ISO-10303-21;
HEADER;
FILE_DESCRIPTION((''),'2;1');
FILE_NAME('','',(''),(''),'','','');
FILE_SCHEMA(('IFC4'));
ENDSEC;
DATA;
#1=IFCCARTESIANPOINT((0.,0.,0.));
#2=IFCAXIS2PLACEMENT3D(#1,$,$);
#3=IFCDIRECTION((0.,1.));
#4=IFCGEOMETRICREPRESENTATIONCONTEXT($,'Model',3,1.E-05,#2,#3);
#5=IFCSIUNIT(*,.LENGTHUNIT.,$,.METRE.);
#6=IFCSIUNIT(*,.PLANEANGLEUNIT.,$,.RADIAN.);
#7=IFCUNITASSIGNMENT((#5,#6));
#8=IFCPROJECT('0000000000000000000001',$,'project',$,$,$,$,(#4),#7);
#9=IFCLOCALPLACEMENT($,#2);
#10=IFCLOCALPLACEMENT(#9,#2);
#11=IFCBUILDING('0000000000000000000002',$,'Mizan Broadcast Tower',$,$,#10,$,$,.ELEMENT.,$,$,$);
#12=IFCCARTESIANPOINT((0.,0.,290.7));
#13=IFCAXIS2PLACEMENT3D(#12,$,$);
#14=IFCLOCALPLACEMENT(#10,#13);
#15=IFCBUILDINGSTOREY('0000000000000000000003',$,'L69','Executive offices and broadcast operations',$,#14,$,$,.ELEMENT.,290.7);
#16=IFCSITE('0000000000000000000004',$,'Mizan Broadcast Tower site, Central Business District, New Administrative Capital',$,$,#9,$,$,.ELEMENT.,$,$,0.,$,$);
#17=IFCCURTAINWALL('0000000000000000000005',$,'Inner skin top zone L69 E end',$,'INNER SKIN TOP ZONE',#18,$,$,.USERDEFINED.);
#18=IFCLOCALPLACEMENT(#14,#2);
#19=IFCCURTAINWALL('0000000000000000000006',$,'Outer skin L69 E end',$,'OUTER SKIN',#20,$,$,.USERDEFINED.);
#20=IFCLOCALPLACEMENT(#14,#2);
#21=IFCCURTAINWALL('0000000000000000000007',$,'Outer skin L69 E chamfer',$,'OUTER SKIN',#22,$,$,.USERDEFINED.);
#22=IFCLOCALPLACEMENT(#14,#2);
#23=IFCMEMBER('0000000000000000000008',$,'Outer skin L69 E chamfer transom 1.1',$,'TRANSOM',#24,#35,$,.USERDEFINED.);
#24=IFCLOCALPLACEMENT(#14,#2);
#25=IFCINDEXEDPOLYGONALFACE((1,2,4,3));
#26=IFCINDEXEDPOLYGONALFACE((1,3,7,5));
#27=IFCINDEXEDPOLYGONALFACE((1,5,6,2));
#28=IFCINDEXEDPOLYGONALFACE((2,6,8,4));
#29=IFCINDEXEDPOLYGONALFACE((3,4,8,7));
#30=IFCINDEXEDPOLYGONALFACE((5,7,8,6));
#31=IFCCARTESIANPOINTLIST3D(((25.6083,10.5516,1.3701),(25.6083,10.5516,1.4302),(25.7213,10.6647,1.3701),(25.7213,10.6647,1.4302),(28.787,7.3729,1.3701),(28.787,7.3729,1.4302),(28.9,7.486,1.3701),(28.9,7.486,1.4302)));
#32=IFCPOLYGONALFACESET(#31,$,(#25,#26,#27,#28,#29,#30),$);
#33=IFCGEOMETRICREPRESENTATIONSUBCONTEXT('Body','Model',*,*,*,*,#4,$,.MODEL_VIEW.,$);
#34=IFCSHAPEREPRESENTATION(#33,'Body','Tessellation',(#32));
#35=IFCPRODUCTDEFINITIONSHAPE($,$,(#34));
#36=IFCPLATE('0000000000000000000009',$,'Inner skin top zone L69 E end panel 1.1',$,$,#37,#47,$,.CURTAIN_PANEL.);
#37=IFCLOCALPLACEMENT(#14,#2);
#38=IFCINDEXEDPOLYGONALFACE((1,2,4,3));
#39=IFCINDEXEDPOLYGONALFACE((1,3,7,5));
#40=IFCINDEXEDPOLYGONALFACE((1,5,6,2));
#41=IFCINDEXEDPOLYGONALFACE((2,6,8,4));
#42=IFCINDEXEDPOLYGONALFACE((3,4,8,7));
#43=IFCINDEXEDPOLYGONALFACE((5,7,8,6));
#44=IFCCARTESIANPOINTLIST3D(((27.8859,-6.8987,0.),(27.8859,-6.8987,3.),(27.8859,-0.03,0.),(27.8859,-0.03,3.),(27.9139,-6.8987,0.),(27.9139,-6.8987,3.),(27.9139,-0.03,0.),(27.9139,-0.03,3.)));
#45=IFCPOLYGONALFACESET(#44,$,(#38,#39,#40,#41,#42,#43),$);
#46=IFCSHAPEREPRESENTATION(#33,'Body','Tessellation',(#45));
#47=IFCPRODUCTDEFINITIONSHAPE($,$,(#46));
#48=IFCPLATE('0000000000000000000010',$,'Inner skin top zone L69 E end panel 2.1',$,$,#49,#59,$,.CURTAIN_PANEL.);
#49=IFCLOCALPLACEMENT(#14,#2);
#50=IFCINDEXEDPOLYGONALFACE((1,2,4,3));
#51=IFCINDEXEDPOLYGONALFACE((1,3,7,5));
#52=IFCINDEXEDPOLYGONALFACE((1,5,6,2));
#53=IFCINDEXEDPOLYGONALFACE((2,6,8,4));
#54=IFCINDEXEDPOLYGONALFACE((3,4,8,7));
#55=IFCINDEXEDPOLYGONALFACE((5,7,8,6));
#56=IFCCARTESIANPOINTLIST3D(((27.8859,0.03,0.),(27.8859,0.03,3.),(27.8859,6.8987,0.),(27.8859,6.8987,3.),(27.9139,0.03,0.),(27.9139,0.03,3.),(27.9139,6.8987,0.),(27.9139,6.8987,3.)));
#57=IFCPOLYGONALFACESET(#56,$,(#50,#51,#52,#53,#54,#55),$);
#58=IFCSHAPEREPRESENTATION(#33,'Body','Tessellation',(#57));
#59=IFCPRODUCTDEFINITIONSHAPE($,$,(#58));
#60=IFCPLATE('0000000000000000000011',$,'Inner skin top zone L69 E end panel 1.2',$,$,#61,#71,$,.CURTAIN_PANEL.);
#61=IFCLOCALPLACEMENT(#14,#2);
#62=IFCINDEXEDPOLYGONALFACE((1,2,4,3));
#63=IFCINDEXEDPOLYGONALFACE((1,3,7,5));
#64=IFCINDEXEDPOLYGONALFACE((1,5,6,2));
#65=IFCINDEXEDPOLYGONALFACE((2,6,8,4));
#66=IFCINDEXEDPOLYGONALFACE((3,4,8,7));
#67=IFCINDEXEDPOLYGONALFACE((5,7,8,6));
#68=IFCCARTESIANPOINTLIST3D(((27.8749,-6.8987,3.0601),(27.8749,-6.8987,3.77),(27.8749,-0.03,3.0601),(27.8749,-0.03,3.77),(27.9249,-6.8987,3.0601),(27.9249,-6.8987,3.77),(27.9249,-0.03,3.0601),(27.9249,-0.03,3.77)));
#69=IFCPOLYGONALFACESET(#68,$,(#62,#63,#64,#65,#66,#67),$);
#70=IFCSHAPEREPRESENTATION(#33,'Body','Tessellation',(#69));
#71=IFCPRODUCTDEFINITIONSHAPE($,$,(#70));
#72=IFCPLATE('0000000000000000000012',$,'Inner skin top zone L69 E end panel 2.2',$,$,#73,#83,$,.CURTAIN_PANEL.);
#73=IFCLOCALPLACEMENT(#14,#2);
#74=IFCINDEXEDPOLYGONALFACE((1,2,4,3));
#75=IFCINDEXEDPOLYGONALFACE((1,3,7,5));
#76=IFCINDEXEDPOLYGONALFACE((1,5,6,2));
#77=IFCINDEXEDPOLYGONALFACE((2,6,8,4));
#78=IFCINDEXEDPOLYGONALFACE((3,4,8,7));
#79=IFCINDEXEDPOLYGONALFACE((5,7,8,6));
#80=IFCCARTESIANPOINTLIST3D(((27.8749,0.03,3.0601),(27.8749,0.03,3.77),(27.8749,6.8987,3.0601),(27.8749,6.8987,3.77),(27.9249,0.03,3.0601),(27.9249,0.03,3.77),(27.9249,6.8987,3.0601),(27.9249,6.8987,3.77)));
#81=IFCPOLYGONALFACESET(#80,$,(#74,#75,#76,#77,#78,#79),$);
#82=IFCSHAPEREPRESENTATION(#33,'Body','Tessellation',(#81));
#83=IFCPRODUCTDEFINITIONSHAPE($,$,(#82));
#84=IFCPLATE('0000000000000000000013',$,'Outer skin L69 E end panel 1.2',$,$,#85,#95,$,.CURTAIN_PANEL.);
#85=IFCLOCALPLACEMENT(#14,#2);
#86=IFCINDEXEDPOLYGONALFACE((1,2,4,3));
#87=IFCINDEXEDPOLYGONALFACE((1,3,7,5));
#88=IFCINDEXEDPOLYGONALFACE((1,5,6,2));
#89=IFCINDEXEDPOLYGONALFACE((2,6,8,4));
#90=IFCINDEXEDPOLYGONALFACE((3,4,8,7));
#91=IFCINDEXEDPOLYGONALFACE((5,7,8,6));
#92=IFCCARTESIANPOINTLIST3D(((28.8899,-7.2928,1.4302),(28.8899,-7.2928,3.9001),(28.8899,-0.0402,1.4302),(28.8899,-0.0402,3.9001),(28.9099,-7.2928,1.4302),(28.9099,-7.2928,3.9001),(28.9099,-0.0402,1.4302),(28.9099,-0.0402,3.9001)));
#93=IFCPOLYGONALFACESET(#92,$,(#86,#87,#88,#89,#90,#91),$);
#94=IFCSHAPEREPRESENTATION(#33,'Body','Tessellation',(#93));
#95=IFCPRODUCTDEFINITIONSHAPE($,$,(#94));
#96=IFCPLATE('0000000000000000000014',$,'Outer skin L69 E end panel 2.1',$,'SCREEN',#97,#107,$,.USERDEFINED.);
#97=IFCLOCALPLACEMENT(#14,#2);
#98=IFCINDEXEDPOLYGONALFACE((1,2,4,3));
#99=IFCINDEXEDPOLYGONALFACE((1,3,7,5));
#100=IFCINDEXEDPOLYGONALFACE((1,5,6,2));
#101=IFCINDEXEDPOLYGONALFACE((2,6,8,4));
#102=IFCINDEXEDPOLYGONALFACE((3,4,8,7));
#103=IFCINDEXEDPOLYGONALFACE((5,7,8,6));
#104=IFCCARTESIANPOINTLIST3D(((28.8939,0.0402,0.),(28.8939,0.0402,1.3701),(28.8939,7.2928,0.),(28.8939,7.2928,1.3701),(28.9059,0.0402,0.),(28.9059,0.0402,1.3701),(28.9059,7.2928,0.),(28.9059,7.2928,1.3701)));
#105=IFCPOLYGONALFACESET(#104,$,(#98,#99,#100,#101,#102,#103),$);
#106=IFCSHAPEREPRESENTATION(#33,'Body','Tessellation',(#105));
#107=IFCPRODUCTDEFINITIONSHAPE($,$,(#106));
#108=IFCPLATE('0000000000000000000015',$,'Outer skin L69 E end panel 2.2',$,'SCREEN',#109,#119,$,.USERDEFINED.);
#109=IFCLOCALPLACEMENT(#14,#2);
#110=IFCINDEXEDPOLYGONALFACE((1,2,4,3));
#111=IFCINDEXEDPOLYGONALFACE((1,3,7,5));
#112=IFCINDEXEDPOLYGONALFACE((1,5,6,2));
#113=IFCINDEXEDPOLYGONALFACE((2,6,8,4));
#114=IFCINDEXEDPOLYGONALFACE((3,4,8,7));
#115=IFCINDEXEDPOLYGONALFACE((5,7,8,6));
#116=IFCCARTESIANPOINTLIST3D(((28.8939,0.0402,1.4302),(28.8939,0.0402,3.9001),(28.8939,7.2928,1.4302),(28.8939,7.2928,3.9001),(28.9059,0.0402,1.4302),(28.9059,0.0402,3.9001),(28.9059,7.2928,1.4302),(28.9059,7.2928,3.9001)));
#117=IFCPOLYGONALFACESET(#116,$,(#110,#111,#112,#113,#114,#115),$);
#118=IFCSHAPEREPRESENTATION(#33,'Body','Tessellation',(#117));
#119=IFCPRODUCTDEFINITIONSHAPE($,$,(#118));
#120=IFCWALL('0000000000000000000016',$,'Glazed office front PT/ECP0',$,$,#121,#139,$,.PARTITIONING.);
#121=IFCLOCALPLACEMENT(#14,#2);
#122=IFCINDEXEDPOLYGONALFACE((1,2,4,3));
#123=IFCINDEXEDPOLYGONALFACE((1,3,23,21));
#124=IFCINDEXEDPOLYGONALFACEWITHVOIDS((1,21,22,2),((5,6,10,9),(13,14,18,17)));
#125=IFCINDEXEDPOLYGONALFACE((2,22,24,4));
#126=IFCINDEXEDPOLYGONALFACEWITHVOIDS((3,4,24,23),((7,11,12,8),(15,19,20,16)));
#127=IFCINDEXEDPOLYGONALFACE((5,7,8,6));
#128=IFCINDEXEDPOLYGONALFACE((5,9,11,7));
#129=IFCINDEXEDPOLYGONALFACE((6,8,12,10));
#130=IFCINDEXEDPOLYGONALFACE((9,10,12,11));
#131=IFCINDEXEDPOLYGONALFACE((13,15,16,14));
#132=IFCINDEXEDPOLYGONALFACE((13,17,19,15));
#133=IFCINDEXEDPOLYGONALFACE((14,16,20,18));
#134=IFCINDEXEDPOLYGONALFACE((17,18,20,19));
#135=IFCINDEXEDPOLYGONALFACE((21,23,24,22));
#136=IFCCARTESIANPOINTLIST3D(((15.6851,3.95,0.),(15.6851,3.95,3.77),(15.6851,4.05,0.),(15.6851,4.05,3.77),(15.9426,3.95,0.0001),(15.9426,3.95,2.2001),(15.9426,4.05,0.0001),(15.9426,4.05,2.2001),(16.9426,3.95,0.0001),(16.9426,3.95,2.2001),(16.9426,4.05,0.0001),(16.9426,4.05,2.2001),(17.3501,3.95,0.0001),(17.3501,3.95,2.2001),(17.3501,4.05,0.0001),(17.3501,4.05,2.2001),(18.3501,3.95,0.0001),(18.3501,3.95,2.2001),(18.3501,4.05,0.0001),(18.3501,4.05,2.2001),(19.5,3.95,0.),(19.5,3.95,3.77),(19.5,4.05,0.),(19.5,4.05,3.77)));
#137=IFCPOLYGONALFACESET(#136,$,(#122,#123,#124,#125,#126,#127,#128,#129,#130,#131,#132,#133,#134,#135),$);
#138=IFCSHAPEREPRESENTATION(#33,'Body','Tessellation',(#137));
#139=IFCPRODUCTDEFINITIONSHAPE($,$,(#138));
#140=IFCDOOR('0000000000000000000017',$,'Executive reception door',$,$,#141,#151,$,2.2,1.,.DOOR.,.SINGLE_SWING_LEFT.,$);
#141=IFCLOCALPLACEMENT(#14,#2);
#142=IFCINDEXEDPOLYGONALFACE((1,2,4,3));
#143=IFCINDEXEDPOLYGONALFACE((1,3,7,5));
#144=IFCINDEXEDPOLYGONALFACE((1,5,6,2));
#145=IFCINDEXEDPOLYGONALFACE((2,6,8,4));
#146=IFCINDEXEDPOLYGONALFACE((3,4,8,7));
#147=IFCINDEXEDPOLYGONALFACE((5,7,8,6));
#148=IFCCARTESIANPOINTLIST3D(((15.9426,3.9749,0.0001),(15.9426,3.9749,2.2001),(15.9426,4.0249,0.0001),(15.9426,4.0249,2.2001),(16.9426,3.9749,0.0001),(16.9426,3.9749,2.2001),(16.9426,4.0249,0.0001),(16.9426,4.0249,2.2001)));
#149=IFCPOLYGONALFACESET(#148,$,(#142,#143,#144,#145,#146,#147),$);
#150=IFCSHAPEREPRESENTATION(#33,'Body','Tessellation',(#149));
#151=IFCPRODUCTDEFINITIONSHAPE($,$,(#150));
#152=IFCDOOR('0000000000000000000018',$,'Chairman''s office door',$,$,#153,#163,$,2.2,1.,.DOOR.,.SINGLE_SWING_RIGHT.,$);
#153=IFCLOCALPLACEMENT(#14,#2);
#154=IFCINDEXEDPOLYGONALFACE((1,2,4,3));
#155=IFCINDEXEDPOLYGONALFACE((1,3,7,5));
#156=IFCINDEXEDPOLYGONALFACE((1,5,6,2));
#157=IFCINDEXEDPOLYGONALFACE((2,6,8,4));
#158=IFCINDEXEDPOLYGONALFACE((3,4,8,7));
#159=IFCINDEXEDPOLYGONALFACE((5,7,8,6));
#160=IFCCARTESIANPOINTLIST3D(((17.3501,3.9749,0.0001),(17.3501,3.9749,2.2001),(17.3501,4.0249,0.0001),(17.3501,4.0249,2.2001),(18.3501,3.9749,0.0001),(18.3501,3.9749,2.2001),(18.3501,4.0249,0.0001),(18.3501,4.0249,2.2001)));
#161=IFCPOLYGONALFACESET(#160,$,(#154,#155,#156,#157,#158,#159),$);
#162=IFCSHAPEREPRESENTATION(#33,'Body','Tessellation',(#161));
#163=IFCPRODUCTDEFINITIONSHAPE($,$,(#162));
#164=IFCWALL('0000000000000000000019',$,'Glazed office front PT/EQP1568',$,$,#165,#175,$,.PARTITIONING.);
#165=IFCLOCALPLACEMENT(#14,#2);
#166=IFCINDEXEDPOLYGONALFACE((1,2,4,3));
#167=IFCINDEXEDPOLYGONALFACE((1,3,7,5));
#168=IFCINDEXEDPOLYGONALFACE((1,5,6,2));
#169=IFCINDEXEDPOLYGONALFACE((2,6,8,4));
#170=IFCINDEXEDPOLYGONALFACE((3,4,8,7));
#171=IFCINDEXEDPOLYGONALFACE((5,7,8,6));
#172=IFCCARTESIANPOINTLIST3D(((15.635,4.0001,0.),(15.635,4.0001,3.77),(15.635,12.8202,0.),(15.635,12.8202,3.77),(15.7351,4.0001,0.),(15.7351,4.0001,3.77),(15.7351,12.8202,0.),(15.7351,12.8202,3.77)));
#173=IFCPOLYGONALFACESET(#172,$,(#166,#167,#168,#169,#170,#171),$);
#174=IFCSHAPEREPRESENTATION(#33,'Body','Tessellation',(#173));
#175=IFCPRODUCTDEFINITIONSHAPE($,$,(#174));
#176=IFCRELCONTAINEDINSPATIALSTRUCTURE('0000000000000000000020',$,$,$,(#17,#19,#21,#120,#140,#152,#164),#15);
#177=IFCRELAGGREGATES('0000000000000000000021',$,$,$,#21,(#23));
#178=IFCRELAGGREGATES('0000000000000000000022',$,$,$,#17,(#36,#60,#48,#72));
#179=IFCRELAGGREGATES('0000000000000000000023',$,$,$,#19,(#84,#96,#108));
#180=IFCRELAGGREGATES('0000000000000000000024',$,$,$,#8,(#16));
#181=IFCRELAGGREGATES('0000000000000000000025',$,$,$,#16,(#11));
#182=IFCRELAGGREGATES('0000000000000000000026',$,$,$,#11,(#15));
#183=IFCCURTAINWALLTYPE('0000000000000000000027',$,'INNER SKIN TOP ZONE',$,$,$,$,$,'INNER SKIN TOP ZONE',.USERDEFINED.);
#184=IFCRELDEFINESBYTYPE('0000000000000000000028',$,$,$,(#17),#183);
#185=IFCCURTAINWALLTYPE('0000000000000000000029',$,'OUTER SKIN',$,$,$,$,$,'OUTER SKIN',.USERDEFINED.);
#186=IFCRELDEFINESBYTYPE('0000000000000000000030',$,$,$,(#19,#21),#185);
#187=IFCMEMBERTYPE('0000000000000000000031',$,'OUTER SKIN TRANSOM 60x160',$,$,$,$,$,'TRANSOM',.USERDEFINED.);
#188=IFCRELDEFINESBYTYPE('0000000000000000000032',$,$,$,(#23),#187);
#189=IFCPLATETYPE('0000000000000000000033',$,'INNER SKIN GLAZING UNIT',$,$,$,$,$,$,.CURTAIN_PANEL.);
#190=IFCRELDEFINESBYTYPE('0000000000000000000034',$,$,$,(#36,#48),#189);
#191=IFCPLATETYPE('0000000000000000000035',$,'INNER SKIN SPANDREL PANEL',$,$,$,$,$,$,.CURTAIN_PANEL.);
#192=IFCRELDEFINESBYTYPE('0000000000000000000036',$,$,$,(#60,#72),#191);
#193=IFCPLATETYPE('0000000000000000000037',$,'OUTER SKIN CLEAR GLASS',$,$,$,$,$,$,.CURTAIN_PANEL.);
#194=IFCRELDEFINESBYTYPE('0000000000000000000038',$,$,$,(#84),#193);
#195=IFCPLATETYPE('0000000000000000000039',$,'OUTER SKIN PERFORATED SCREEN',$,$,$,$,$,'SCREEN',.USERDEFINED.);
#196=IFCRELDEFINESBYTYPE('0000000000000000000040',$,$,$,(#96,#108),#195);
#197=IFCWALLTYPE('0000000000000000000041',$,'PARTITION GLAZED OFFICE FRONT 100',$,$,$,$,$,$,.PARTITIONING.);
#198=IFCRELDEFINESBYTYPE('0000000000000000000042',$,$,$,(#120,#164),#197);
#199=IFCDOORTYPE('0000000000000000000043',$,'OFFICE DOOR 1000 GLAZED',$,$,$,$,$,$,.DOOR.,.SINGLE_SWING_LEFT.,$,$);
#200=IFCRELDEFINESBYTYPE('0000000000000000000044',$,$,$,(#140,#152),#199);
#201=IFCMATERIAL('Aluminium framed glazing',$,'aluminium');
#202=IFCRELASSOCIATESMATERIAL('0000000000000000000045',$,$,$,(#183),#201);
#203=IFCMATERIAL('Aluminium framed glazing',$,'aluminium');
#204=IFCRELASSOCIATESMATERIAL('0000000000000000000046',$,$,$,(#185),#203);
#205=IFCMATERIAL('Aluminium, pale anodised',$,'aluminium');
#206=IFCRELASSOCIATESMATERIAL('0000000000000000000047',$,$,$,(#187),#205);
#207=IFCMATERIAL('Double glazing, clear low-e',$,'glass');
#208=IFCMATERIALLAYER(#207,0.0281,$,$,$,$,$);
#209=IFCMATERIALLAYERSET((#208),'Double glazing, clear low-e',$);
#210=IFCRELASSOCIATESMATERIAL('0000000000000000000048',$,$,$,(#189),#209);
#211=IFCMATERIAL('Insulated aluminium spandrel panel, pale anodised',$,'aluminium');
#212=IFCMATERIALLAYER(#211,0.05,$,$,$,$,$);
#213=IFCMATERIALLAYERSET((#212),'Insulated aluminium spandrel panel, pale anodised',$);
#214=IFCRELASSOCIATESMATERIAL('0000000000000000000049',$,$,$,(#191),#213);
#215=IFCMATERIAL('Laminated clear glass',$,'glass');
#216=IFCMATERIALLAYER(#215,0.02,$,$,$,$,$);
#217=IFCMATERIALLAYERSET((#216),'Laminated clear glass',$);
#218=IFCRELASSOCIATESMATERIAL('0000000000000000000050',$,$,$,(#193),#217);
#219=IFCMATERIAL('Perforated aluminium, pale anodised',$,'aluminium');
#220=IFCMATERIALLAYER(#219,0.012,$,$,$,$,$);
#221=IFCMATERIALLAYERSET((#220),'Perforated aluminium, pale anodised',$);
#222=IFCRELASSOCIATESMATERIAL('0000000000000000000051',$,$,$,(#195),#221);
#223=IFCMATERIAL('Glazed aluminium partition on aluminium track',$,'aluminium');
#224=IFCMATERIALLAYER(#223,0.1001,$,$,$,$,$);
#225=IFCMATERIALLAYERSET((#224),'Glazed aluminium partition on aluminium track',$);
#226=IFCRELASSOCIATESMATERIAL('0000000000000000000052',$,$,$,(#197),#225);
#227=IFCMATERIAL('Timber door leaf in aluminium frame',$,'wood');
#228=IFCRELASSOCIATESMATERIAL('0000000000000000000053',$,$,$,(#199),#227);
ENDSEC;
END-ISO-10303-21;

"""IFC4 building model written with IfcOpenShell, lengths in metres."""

from ifc_helpers import new_model, si_unit, direction, frame, frame_2d, origin, origin_2d, place, context, subcontext, project, spatial, rectangle, extrude, material, layer, layer_set, material_profile, profile_set, type_object, element, fill, aggregate, save


model = new_model("IFC4")

# Units and contexts
model_context = context("Model", 3, precision=1e-05, world=origin(), true_north=direction((0.0, 1.0)))
body_context = subcontext(model_context, "Body", "Model", "MODEL_VIEW")
ifc_project = project(units=[si_unit("LENGTHUNIT", "METRE"), si_unit("PLANEANGLEUNIT", "RADIAN")], contexts=[model_context])

# Site, building, storey
site_placement = place(None, origin())
site = spatial("IfcSite", under=ifc_project, at=site_placement, Name="Mizan Broadcast Tower site, Central Business District, New Administrative Capital", CompositionType="ELEMENT", RefElevation=0.0)
building_placement = place(site_placement, origin())
building = spatial("IfcBuilding", under=site, at=building_placement, Name="Mizan Broadcast Tower", CompositionType="ELEMENT")
storey_placement = place(building_placement, frame((0.0, 0.0, 290.7)))
storey = spatial("IfcBuildingStorey", under=building, at=storey_placement, Name="L69", Description="Executive offices and broadcast operations", CompositionType="ELEMENT", Elevation=290.7)

# Curtain wall
ifc_material_1 = material(Name="Aluminium framed glazing", Category="aluminium")
curtain_wall_type_1 = type_object("IfcCurtainWallType", Name="INNER SKIN TOP ZONE", ElementType="INNER SKIN TOP ZONE", PredefinedType="USERDEFINED", material=ifc_material_1)
curtain_wall_1_placement = place(storey_placement, origin())
curtain_wall_1 = element("IfcCurtainWall", 1, at=curtain_wall_1_placement, inside=storey, type_object=curtain_wall_type_1, Name="Inner skin top zone L69 E end", ObjectType="INNER SKIN TOP ZONE", PredefinedType="USERDEFINED")

# Curtain wall
ifc_material_2 = material(Name="Aluminium framed glazing", Category="aluminium")
curtain_wall_type_2 = type_object("IfcCurtainWallType", Name="OUTER SKIN", ElementType="OUTER SKIN", PredefinedType="USERDEFINED", material=ifc_material_2)
curtain_wall_2_placement = place(storey_placement, origin())
curtain_wall_2 = element("IfcCurtainWall", 2, at=curtain_wall_2_placement, inside=storey, type_object=curtain_wall_type_2, Name="Outer skin L69 E end", ObjectType="OUTER SKIN", PredefinedType="USERDEFINED")
ifc_material_3 = material(Name="Aluminium, pale anodised", Category="aluminium")
ifc_material_profile_1 = material_profile(ifc_material_3, rectangle(XDim=0.1599, YDim=0.0601, at=origin_2d()), Name="TRANSOM 160x60")
ifc_profile_set_1 = profile_set([ifc_material_profile_1], Name="Aluminium, pale anodised")
member_type_1 = type_object("IfcMemberType", Name="OUTER SKIN TRANSOM 60x160", ElementType="TRANSOM", PredefinedType="USERDEFINED", material=ifc_profile_set_1)

# Curtain wall, member
curtain_wall_3_placement = place(storey_placement, origin())
curtain_wall_3 = element("IfcCurtainWall", 3, at=curtain_wall_3_placement, inside=storey, type_object=curtain_wall_type_2, Name="Outer skin L69 E chamfer", ObjectType="OUTER SKIN", PredefinedType="USERDEFINED")
member_1_placement = place(storey_placement, frame((28.8435, 7.4294, 1.4001), z_axis=(-0.707107, 0.707107, 0.0), x_axis=(-0.707107, -0.707107, 0.0)))
member_1 = element("IfcMember", 4, at=member_1_placement, type_object=member_type_1, Name="Outer skin L69 E chamfer transom 1.1", ObjectType="TRANSOM", PredefinedType="USERDEFINED", context=body_context, shape_type="SweptSolid", body=[
    extrude(rectangle(XDim=0.1599, YDim=0.0601, at=origin_2d()), origin(), (0.0, 0.0, 1.0), 4.4954),
])
aggregate(curtain_wall_3, [member_1])

# Plates
ifc_material_4 = material(Name="Double glazing, clear low-e", Category="glass")
ifc_layer_1 = layer(ifc_material_4, 0.0281)
ifc_layer_set_1 = layer_set([ifc_layer_1], Name="Double glazing, clear low-e")
plate_type_1 = type_object("IfcPlateType", Name="INNER SKIN GLAZING UNIT", PredefinedType="CURTAIN_PANEL", material=ifc_layer_set_1)
plate_1_placement = place(storey_placement, frame((27.8999, -3.4644, 0.0), z_axis=(0.0, 0.0, 1.0), x_axis=(0.0, 1.0, 0.0)))
plate_1 = element("IfcPlate", 5, at=plate_1_placement, type_object=plate_type_1, Name="Inner skin top zone L69 E end panel 1.1", PredefinedType="CURTAIN_PANEL", context=body_context, shape_type="SweptSolid", body=[
    extrude(rectangle(XDim=6.8687, YDim=0.0281, at=origin_2d()), origin(), (0.0, 0.0, 1.0), 3.0),
])
plate_2_placement = place(storey_placement, frame((27.8999, 3.4644, 0.0), z_axis=(0.0, 0.0, 1.0), x_axis=(0.0, 1.0, 0.0)))
plate_2 = element("IfcPlate", 6, at=plate_2_placement, type_object=plate_type_1, Name="Inner skin top zone L69 E end panel 2.1", PredefinedType="CURTAIN_PANEL", context=body_context, shape_type="SweptSolid", body=[
    extrude(rectangle(XDim=6.8687, YDim=0.0281, at=origin_2d()), origin(), (0.0, 0.0, 1.0), 3.0),
])
ifc_material_5 = material(Name="Insulated aluminium spandrel panel, pale anodised", Category="aluminium")
ifc_layer_2 = layer(ifc_material_5, 0.05)
ifc_layer_set_2 = layer_set([ifc_layer_2], Name="Insulated aluminium spandrel panel, pale anodised")
plate_type_2 = type_object("IfcPlateType", Name="INNER SKIN SPANDREL PANEL", PredefinedType="CURTAIN_PANEL", material=ifc_layer_set_2)
plate_3_placement = place(storey_placement, frame((27.8999, -3.4644, 3.0601), z_axis=(0.0, 0.0, 1.0), x_axis=(0.0, 1.0, 0.0)))
plate_3 = element("IfcPlate", 7, at=plate_3_placement, type_object=plate_type_2, Name="Inner skin top zone L69 E end panel 1.2", PredefinedType="CURTAIN_PANEL", context=body_context, shape_type="SweptSolid", body=[
    extrude(rectangle(XDim=6.8687, YDim=0.05, at=origin_2d()), origin(), (0.0, 0.0, 1.0), 0.71),
])
plate_4_placement = place(storey_placement, frame((27.8999, 3.4644, 3.0601), z_axis=(0.0, 0.0, 1.0), x_axis=(0.0, 1.0, 0.0)))
plate_4 = element("IfcPlate", 8, at=plate_4_placement, type_object=plate_type_2, Name="Inner skin top zone L69 E end panel 2.2", PredefinedType="CURTAIN_PANEL", context=body_context, shape_type="SweptSolid", body=[
    extrude(rectangle(XDim=6.8687, YDim=0.05, at=origin_2d()), origin(), (0.0, 0.0, 1.0), 0.71),
])
aggregate(curtain_wall_1, [plate_1, plate_3, plate_2, plate_4])
ifc_material_6 = material(Name="Laminated clear glass", Category="glass")
ifc_layer_3 = layer(ifc_material_6, 0.02)
ifc_layer_set_3 = layer_set([ifc_layer_3], Name="Laminated clear glass")
plate_type_3 = type_object("IfcPlateType", Name="OUTER SKIN CLEAR GLASS", PredefinedType="CURTAIN_PANEL", material=ifc_layer_set_3)
plate_5_placement = place(storey_placement, frame((28.8999, -3.6665, 1.4302), z_axis=(0.0, 0.0, 1.0), x_axis=(0.0, 1.0, 0.0)))
plate_5 = element("IfcPlate", 9, at=plate_5_placement, type_object=plate_type_3, Name="Outer skin L69 E end panel 1.2", PredefinedType="CURTAIN_PANEL", context=body_context, shape_type="SweptSolid", body=[
    extrude(rectangle(XDim=7.2527, YDim=0.02, at=origin_2d()), origin(), (0.0, 0.0, 1.0), 2.47),
])
ifc_material_7 = material(Name="Perforated aluminium, pale anodised", Category="aluminium")
ifc_layer_4 = layer(ifc_material_7, 0.012)
ifc_layer_set_4 = layer_set([ifc_layer_4], Name="Perforated aluminium, pale anodised")
plate_type_4 = type_object("IfcPlateType", Name="OUTER SKIN PERFORATED SCREEN", ElementType="SCREEN", PredefinedType="USERDEFINED", material=ifc_layer_set_4)
plate_6_placement = place(storey_placement, frame((28.8999, 3.6665, 0.0), z_axis=(0.0, 0.0, 1.0), x_axis=(0.0, 1.0, 0.0)))
plate_6 = element("IfcPlate", 10, at=plate_6_placement, type_object=plate_type_4, Name="Outer skin L69 E end panel 2.1", ObjectType="SCREEN", PredefinedType="USERDEFINED", context=body_context, shape_type="SweptSolid", body=[
    extrude(rectangle(XDim=7.2527, YDim=0.012, at=origin_2d()), origin(), (0.0, 0.0, 1.0), 1.3701),
])
plate_7_placement = place(storey_placement, frame((28.8999, 3.6665, 1.4302), z_axis=(0.0, 0.0, 1.0), x_axis=(0.0, 1.0, 0.0)))
plate_7 = element("IfcPlate", 11, at=plate_7_placement, type_object=plate_type_4, Name="Outer skin L69 E end panel 2.2", ObjectType="SCREEN", PredefinedType="USERDEFINED", context=body_context, shape_type="SweptSolid", body=[
    extrude(rectangle(XDim=7.2527, YDim=0.012, at=origin_2d()), origin(), (0.0, 0.0, 1.0), 2.47),
])
aggregate(curtain_wall_2, [plate_5, plate_6, plate_7])

# Wall, openings, doors
ifc_material_8 = material(Name="Glazed aluminium partition on aluminium track", Category="aluminium")
ifc_layer_5 = layer(ifc_material_8, 0.1001)
ifc_layer_set_5 = layer_set([ifc_layer_5], Name="Glazed aluminium partition on aluminium track")
wall_type = type_object("IfcWallType", Name="PARTITION GLAZED OFFICE FRONT 100", PredefinedType="PARTITIONING", material=ifc_layer_set_5)
wall_placement = place(storey_placement, frame((15.6851, 4.0, 0.0), z_axis=(0.0, 0.0, 1.0), x_axis=(1.0, 0.0, 0.0)))
wall = element("IfcWall", 12, at=wall_placement, inside=storey, type_object=wall_type, Name="Glazed office front PT/ECP0", PredefinedType="PARTITIONING", context=body_context, shape_type="SweptSolid", body=[
    extrude(rectangle(XDim=3.8149, YDim=0.1001, at=frame_2d((1.9075, 0.0))), origin(), (0.0, 0.0, 1.0), 3.77),
])
opening_1_placement = place(wall_placement, frame((0.2576, 0.0, 0.0)))
opening_1 = element("IfcOpeningElement", 13, at=opening_1_placement, cuts=wall, PredefinedType="OPENING", context=body_context, shape_type="SweptSolid", body=[
    extrude(rectangle(XDim=1.0, YDim=2.2, at=frame_2d((0.5, 1.1001))), frame((0.0, 0.0601, 0.0), z_axis=(0.0, -1.0, 0.0), x_axis=(1.0, 0.0, 0.0)), (0.0, 0.0, 1.0), 0.1201),
])
opening_2_placement = place(wall_placement, frame((1.665, 0.0, 0.0)))
opening_2 = element("IfcOpeningElement", 14, at=opening_2_placement, cuts=wall, PredefinedType="OPENING", context=body_context, shape_type="SweptSolid", body=[
    extrude(rectangle(XDim=1.0, YDim=2.2, at=frame_2d((0.5, 1.1001))), frame((0.0, 0.0601, 0.0), z_axis=(0.0, -1.0, 0.0), x_axis=(1.0, 0.0, 0.0)), (0.0, 0.0, 1.0), 0.1201),
])
ifc_material_9 = material(Name="Timber door leaf in aluminium frame", Category="wood")
door_type = type_object("IfcDoorType", Name="OFFICE DOOR 1000 GLAZED", OperationType="SINGLE_SWING_LEFT", PredefinedType="DOOR", material=ifc_material_9)
door_1_placement = place(opening_1_placement, origin())
door_1 = element("IfcDoor", 15, at=door_1_placement, inside=storey, type_object=door_type, Name="Executive reception door", OperationType="SINGLE_SWING_LEFT", OverallHeight=2.2, OverallWidth=1.0, PredefinedType="DOOR", context=body_context, shape_type="SweptSolid", body=[
    extrude(rectangle(XDim=1.0, YDim=2.2, at=frame_2d((0.5, 1.1001))), frame((0.0, 0.0249, 0.0), z_axis=(0.0, -1.0, 0.0), x_axis=(1.0, 0.0, 0.0)), (0.0, 0.0, 1.0), 0.05),
])
fill(opening_1, door_1)
door_2_placement = place(opening_2_placement, origin())
door_2 = element("IfcDoor", 16, at=door_2_placement, inside=storey, type_object=door_type, Name="Chairman's office door", OperationType="SINGLE_SWING_RIGHT", OverallHeight=2.2, OverallWidth=1.0, PredefinedType="DOOR", context=body_context, shape_type="SweptSolid", body=[
    extrude(rectangle(XDim=1.0, YDim=2.2, at=frame_2d((0.5, 1.1001))), frame((0.0, 0.0249, 0.0), z_axis=(0.0, -1.0, 0.0), x_axis=(1.0, 0.0, 0.0)), (0.0, 0.0, 1.0), 0.05),
])
fill(opening_2, door_2)

# Wall
for number, where, z_axis, x_axis, name in (
    (17, (15.6851, 4.0, 0.0), (0.0, 0.0, 1.0), (0.0, 1.0, 0.0), "Glazed office front PT/EQP1568"),
):
    element("IfcWall", number, at=place(storey_placement, frame(where, z_axis=z_axis, x_axis=x_axis)), inside=storey, type_object=wall_type, Name=name, PredefinedType="PARTITIONING", context=body_context, shape_type="SweptSolid", body=[
        extrude(rectangle(XDim=8.8201, YDim=0.1001, at=frame_2d((4.4102, 0.0))), origin(), (0.0, 0.0, 1.0), 3.77),
    ])

save(model, "model.ifc")
